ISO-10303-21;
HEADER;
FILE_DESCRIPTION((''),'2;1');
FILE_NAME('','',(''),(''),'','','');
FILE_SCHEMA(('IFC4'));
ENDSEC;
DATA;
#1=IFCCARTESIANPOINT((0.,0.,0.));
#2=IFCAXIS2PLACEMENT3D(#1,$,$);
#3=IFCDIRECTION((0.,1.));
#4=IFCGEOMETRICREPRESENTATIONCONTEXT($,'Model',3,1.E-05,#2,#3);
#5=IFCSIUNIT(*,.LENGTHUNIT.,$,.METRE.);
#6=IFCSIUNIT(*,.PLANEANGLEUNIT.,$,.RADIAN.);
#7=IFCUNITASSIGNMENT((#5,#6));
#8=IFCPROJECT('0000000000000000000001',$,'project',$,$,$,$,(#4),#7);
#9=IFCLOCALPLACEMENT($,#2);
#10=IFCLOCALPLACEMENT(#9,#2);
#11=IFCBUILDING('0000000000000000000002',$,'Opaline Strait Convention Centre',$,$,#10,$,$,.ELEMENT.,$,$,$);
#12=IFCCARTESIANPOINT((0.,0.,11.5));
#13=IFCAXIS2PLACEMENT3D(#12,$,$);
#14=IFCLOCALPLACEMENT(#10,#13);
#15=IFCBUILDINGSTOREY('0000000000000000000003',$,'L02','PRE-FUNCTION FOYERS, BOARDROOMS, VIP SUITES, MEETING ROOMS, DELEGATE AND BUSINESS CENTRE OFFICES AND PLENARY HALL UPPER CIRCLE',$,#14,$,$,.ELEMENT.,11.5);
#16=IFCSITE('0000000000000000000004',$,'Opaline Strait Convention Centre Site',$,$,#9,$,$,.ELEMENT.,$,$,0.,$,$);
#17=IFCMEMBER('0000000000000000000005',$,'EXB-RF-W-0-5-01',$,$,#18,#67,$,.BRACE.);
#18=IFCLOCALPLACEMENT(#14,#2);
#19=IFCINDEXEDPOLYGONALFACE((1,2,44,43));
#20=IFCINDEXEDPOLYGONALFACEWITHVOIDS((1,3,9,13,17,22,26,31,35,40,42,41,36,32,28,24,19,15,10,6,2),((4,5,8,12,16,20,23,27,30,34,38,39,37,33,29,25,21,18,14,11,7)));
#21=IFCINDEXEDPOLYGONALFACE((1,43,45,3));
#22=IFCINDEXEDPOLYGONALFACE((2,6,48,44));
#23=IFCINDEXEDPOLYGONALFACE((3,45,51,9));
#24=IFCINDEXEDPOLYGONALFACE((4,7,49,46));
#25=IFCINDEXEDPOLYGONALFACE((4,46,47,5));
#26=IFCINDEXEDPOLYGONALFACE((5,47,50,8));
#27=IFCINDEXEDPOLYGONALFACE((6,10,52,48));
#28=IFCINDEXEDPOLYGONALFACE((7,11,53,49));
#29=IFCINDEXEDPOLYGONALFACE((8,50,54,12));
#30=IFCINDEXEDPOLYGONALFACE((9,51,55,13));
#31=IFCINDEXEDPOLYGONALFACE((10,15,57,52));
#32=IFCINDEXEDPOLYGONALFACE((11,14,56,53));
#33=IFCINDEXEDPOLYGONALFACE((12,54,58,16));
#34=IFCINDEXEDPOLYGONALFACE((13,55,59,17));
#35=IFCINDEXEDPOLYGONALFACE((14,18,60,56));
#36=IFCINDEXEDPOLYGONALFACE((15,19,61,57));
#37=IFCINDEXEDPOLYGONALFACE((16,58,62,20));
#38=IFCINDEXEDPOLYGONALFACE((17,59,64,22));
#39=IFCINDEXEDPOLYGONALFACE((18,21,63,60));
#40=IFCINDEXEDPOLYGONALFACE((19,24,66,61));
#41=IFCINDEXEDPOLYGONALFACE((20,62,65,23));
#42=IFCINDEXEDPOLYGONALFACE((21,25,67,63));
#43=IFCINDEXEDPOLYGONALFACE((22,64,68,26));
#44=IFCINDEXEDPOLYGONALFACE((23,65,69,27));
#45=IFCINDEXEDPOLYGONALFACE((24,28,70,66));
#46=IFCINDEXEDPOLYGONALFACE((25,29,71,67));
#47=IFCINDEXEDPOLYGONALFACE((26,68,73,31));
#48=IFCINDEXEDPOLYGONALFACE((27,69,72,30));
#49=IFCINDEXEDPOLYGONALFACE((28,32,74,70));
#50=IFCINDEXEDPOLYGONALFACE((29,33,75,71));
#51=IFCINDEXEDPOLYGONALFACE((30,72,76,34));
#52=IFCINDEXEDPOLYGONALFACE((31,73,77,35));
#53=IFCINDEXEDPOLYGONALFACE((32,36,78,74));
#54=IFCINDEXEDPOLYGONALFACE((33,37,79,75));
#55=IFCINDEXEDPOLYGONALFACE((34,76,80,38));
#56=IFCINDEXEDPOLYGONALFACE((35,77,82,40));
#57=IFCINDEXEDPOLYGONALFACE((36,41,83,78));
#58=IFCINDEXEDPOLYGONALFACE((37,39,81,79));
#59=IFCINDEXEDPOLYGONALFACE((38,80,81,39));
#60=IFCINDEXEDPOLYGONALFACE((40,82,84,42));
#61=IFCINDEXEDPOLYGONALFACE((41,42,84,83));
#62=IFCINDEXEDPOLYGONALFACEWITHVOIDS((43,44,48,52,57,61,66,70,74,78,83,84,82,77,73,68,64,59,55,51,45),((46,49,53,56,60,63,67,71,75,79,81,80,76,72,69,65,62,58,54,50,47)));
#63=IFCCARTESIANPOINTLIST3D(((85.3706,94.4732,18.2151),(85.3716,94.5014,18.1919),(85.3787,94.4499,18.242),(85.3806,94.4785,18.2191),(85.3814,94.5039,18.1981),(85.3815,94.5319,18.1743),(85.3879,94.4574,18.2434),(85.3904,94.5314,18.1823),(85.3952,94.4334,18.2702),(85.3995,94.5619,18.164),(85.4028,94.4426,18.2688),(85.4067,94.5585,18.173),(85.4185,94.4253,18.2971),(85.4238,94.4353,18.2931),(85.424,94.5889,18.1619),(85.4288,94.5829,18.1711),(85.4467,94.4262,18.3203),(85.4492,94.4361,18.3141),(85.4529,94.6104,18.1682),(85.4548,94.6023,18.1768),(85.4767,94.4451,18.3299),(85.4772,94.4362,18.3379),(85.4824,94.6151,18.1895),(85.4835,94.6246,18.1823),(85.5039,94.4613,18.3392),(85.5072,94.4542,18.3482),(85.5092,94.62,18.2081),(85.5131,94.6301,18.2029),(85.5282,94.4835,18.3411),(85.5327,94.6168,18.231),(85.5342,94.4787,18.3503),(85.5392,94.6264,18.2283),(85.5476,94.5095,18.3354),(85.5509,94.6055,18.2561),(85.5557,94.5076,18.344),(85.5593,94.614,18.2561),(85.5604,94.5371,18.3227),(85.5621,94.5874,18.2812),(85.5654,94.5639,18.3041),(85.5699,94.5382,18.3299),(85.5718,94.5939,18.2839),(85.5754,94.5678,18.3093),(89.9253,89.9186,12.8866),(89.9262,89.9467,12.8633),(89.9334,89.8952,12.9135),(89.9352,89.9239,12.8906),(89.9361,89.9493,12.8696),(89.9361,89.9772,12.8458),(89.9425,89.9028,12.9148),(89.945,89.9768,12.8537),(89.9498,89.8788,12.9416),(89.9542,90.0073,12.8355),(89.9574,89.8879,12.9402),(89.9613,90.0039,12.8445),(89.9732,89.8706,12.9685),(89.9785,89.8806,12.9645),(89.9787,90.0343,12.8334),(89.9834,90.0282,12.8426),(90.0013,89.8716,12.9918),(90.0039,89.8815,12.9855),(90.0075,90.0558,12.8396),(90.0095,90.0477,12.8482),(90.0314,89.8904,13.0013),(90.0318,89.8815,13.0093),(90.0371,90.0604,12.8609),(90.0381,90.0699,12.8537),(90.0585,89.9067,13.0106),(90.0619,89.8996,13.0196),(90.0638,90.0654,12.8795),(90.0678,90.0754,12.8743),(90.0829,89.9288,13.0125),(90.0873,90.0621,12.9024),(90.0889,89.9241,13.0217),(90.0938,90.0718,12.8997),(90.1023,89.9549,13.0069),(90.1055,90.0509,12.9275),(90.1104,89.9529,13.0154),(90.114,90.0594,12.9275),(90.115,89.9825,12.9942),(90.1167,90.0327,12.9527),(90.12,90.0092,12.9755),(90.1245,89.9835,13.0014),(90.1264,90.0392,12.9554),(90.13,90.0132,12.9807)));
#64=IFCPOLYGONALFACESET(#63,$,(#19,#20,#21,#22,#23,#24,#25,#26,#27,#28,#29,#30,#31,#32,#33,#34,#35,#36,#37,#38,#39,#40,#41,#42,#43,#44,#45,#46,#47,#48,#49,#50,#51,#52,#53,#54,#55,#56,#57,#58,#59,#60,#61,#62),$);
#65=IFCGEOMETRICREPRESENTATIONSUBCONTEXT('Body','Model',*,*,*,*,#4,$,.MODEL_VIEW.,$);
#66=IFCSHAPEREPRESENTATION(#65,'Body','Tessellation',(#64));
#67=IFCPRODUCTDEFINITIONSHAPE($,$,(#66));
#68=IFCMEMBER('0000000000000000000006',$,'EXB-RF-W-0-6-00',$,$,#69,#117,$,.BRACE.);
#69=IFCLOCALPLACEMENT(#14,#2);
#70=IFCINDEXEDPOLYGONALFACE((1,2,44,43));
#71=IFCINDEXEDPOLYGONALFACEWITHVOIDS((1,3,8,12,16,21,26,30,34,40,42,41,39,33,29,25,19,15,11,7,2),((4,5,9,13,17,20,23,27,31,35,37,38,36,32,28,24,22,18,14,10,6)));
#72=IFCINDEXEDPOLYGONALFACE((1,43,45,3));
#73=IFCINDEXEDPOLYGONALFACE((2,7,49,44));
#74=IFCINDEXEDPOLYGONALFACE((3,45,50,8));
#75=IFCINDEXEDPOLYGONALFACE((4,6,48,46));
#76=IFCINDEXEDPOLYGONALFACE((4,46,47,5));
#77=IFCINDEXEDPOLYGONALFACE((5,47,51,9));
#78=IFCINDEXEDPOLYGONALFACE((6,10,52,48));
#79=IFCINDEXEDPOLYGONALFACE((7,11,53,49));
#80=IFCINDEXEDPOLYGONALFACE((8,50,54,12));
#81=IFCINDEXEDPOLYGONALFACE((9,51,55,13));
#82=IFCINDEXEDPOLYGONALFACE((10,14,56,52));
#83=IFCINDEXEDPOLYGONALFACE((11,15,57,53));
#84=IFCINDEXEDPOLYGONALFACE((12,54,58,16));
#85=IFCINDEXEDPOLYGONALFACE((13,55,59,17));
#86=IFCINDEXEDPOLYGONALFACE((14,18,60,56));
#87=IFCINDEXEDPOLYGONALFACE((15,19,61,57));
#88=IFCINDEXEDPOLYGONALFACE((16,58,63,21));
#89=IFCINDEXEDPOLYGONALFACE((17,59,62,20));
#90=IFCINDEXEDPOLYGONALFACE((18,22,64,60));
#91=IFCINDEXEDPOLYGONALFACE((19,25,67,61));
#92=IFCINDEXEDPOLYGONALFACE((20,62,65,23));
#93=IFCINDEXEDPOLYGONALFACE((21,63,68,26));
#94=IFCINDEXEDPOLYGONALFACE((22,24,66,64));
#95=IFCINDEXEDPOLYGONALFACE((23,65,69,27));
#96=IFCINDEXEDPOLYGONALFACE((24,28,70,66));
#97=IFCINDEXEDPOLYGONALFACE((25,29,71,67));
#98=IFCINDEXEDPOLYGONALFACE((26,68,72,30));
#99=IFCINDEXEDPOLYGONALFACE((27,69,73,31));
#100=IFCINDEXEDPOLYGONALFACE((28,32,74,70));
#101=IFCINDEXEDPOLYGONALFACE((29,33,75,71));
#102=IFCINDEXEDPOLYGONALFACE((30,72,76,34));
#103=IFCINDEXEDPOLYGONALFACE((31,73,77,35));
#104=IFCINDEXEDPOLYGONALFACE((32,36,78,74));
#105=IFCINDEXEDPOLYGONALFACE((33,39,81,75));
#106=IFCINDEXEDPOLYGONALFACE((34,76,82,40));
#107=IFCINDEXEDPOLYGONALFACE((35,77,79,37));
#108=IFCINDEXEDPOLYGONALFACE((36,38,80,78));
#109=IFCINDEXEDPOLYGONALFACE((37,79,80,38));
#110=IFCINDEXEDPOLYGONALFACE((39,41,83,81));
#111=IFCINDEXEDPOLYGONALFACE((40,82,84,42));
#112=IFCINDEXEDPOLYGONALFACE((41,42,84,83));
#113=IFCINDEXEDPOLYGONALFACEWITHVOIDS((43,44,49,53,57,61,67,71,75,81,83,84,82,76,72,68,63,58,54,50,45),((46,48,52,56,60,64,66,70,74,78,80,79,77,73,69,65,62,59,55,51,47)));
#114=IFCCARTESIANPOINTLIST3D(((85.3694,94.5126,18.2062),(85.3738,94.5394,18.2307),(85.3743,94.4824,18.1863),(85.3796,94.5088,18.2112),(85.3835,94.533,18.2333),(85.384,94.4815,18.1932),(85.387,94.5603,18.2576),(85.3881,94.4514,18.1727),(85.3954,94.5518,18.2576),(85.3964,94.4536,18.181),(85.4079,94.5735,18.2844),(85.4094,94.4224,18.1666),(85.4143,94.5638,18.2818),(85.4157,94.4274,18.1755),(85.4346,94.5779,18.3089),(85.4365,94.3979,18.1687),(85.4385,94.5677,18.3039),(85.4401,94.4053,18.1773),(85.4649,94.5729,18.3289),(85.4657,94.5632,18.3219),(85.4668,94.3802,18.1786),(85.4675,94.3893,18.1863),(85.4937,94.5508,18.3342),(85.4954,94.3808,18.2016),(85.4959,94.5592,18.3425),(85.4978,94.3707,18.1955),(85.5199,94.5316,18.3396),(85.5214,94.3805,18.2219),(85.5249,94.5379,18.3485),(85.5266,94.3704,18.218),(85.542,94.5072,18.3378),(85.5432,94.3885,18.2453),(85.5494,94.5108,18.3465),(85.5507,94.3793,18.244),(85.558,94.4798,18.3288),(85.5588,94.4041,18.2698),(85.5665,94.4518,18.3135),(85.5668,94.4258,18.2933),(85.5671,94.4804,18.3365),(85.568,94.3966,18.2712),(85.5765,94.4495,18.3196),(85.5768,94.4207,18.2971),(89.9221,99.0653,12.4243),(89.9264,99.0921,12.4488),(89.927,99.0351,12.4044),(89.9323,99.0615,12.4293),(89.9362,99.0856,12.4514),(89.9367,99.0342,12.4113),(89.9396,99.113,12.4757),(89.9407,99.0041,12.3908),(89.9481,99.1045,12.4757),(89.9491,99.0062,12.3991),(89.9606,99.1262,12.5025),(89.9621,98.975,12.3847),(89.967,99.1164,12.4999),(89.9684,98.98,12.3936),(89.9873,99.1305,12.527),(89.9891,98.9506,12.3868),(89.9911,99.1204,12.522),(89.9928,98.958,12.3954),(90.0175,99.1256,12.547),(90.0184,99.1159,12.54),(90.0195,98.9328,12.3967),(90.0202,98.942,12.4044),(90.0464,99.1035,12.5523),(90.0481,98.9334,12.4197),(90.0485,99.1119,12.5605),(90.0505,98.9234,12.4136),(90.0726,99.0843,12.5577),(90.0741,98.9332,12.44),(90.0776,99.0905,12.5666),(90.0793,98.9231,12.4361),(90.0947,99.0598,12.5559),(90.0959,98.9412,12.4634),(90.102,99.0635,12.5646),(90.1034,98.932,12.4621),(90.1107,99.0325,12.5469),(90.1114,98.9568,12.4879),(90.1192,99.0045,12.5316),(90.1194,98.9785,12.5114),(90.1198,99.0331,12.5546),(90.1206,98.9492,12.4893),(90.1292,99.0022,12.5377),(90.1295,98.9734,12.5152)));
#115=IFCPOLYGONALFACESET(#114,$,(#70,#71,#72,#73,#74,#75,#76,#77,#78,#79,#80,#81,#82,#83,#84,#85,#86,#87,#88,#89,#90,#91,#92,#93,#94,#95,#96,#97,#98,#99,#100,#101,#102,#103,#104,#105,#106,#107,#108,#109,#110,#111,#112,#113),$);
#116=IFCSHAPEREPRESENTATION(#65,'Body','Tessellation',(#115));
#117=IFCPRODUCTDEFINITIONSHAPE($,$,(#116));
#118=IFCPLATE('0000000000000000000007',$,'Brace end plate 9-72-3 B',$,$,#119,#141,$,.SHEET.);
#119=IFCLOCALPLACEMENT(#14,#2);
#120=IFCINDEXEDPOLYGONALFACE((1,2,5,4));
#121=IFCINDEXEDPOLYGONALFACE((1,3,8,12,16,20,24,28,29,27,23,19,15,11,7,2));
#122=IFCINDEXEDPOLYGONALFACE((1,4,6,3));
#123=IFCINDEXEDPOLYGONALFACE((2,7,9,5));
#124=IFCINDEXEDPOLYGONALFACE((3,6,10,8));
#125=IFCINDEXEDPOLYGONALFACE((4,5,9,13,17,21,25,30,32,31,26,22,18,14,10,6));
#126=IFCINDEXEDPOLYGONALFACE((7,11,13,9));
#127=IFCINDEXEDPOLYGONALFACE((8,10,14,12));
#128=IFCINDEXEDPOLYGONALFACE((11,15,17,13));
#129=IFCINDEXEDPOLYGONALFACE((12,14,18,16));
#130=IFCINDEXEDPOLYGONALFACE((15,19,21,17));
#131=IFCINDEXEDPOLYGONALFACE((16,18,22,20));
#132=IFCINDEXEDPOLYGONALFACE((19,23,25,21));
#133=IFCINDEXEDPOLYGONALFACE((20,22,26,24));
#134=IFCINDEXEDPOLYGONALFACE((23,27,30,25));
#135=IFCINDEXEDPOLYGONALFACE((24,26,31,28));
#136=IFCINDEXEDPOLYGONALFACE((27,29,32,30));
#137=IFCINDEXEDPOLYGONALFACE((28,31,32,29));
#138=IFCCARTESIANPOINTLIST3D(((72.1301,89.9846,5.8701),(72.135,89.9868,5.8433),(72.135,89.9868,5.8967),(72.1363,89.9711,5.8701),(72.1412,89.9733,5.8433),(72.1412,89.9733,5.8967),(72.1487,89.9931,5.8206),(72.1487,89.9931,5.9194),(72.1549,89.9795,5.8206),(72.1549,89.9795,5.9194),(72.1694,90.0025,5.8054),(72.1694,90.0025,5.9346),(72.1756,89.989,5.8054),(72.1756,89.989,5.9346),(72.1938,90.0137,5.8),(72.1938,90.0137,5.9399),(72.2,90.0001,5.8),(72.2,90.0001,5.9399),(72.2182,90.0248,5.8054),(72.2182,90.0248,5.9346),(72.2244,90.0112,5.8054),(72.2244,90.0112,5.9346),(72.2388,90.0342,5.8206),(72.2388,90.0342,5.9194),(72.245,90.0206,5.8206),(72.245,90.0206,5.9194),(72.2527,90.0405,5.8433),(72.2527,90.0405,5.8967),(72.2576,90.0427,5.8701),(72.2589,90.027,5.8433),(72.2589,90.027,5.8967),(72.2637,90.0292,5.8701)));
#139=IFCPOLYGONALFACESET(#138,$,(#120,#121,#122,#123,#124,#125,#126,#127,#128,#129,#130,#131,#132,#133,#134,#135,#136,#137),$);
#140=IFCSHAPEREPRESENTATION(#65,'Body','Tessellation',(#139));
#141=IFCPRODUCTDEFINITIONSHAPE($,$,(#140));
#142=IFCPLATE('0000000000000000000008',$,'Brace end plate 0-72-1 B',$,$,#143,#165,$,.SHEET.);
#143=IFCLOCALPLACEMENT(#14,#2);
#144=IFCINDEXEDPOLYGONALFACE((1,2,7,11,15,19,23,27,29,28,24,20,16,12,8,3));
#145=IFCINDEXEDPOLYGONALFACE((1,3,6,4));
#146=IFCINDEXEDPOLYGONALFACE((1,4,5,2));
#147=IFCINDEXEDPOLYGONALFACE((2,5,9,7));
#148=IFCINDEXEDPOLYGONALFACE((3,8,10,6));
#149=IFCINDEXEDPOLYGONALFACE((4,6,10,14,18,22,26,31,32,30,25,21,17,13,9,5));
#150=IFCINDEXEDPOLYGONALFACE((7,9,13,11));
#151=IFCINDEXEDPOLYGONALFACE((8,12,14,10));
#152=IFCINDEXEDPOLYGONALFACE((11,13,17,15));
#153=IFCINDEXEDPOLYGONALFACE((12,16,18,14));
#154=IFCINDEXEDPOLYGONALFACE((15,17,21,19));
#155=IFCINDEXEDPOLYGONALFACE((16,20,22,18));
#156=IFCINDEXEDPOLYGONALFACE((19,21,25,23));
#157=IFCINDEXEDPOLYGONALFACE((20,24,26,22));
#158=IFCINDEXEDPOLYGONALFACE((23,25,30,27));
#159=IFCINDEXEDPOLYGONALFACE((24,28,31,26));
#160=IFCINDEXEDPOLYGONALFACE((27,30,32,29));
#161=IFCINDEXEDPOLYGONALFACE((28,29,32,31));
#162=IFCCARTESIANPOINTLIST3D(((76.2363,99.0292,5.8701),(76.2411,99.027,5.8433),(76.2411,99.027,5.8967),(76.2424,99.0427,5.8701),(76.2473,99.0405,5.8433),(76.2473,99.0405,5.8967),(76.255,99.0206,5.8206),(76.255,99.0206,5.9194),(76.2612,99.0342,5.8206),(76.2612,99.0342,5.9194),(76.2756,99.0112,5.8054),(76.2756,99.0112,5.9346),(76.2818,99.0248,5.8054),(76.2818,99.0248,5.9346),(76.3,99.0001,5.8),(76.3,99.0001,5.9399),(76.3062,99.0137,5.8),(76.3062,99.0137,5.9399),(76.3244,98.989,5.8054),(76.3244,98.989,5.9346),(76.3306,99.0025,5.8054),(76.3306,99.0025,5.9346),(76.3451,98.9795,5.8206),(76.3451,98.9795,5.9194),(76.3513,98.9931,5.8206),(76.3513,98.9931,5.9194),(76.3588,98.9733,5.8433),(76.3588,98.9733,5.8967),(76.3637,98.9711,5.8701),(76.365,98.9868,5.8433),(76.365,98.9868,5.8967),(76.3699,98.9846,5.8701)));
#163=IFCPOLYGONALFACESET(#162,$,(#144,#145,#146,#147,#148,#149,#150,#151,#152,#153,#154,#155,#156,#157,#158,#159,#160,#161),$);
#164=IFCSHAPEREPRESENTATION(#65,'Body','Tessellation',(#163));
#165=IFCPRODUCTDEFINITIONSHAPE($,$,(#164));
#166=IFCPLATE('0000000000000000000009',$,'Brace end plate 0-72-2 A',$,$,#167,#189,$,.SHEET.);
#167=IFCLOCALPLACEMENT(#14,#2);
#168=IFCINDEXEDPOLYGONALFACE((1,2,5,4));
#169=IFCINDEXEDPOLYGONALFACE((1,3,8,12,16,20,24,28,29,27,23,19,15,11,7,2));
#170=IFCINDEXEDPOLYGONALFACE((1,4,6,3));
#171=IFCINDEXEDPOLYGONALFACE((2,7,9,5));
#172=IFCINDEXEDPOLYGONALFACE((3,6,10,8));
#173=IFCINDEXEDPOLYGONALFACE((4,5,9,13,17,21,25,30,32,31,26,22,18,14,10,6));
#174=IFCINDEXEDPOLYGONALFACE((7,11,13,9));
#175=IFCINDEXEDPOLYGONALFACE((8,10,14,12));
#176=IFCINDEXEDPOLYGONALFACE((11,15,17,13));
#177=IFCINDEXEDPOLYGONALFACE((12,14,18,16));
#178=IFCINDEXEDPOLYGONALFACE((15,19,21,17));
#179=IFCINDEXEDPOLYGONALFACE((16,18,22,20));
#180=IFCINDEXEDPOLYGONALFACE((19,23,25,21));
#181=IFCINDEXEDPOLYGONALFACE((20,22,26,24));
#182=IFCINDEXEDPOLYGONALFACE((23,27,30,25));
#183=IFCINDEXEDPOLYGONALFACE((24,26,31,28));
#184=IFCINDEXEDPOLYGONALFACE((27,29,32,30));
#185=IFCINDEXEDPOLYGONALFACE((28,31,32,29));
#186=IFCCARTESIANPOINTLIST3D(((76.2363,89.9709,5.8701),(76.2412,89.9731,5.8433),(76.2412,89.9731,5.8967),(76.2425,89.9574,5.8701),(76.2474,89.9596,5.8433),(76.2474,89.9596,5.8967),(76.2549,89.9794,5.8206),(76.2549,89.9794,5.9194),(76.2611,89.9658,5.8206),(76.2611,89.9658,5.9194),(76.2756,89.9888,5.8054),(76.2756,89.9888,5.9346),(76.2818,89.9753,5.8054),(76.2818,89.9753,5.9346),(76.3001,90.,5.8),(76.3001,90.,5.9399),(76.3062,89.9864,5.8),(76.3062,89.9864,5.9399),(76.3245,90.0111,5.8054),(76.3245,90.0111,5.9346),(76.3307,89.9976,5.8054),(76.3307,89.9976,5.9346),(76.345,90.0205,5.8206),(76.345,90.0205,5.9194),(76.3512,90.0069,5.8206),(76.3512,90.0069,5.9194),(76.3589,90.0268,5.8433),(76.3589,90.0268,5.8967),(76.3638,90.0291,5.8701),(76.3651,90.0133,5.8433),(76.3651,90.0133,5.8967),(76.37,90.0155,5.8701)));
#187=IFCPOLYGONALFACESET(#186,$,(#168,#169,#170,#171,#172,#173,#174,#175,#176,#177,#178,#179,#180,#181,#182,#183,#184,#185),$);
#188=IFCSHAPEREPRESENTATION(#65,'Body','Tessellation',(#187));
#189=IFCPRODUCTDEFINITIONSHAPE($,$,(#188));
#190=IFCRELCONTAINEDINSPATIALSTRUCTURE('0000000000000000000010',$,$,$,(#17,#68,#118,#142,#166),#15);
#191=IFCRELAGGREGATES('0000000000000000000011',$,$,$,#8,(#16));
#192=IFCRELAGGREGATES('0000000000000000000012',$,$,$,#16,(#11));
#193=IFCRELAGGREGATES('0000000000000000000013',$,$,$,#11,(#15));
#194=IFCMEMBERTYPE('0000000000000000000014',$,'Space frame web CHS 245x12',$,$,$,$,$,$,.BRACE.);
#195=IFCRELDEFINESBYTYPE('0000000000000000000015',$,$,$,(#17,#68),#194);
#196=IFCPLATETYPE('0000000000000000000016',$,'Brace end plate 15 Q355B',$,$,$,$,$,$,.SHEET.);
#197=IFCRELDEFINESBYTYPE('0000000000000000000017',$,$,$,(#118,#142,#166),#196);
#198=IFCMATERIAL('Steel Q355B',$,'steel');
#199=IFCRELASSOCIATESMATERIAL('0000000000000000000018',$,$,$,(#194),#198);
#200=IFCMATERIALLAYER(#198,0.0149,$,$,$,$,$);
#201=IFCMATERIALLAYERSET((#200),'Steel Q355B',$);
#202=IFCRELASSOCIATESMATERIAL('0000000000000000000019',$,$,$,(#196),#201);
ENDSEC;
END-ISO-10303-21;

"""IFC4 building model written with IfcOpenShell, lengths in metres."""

from ifc_helpers import new_model, si_unit, direction, frame, origin, origin_2d, place, context, subcontext, project, spatial, polyline, hollow_circle, outline, extrude, material, layer, layer_set, material_profile, profile_set, type_object, element, save


model = new_model("IFC4")

# Units and contexts
model_context = context("Model", 3, precision=1e-05, world=origin(), true_north=direction((0.0, 1.0)))
body_context = subcontext(model_context, "Body", "Model", "MODEL_VIEW")
ifc_project = project(units=[si_unit("LENGTHUNIT", "METRE"), si_unit("PLANEANGLEUNIT", "RADIAN")], contexts=[model_context])

# Site, building, storey
site_placement = place(None, origin())
site = spatial("IfcSite", under=ifc_project, at=site_placement, Name="Opaline Strait Convention Centre Site", CompositionType="ELEMENT", RefElevation=0.0)
building_placement = place(site_placement, origin())
building = spatial("IfcBuilding", under=site, at=building_placement, Name="Opaline Strait Convention Centre", CompositionType="ELEMENT")
storey_placement = place(building_placement, frame((0.0, 0.0, 11.5)))
storey = spatial("IfcBuildingStorey", under=building, at=storey_placement, Name="L02", Description="PRE-FUNCTION FOYERS, BOARDROOMS, VIP SUITES, MEETING ROOMS, DELEGATE AND BUSINESS CENTRE OFFICES AND PLENARY HALL UPPER CIRCLE", CompositionType="ELEMENT", Elevation=11.5)

# Members
ifc_material_1 = material(Name="Steel Q355B", Category="steel")
ifc_material_profile_1 = material_profile(ifc_material_1, hollow_circle(Radius=0.1226, WallThickness=0.012, at=origin_2d()), Name="CHS 245x12")
ifc_profile_set_1 = profile_set([ifc_material_profile_1], Name="Steel Q355B")
member_type_1 = type_object("IfcMemberType", Name="Space frame web CHS 245x12", PredefinedType="BRACE", material=ifc_profile_set_1)
member_1_placement = place(storey_placement, frame((85.4727, 94.5273, 18.2561), z_axis=(0.544839, -0.544839, -0.637417), x_axis=(0.707107, 0.707107, 0.0)))
element("IfcMember", 1, at=member_1_placement, inside=storey, type_object=member_type_1, Name="EXB-RF-W-0-5-01", PredefinedType="BRACE", context=body_context, shape_type="SweptSolid", body=[
    extrude(hollow_circle(Radius=0.1226, WallThickness=0.012, at=origin_2d()), origin(), (0.0, 0.0, 1.0), 8.3596),
])
member_2_placement = place(storey_placement, frame((85.4736, 94.4736, 18.2576), z_axis=(0.526104, 0.526104, -0.668153), x_axis=(-0.707107, 0.707107, 0.0)))
element("IfcMember", 2, at=member_2_placement, inside=storey, type_object=member_type_1, Name="EXB-RF-W-0-6-00", PredefinedType="BRACE", context=body_context, shape_type="SweptSolid", body=[
    extrude(hollow_circle(Radius=0.1226, WallThickness=0.012, at=origin_2d()), origin(), (0.0, 0.0, 1.0), 8.6536),
])

# Plates
ifc_layer_1 = layer(ifc_material_1, 0.0149)
ifc_layer_set_1 = layer_set([ifc_layer_1], Name="Steel Q355B")
plate_type = type_object("IfcPlateType", Name="Brace end plate 15 Q355B", PredefinedType="SHEET", material=ifc_layer_set_1)
plate_1_placement = place(storey_placement, frame((72.2576, 90.0427, 5.8701), z_axis=(-0.414837, 0.909896, 0.0), x_axis=(-0.177911, -0.081112, -0.980698)))
element("IfcPlate", 3, at=plate_1_placement, inside=storey, type_object=plate_type, Name="Brace end plate 9-72-3 B", PredefinedType="SHEET", context=body_context, shape_type="SweptSolid", body=[
    extrude(outline(polyline([(0.0, 0.0), (0.0274, 0.0), (0.0526, 0.0106), (0.0719, 0.0298), (0.0824, 0.055), (0.0824, 0.0824), (0.072, 0.1076), (0.0527, 0.1269), (0.0274, 0.1374), (0.0002, 0.1373), (-0.025, 0.127), (-0.0443, 0.1076), (-0.0548, 0.0823), (-0.0548, 0.055), (-0.0443, 0.0299), (-0.0251, 0.0105), (0.0, 0.0)])), origin(), (0.0, 0.0, -1.0), 0.0149),
])
plate_2_placement = place(storey_placement, frame((76.3699, 98.9846, 5.8701), z_axis=(0.414837, 0.909896, 0.0), x_axis=(-0.177911, 0.081112, -0.980698)))
element("IfcPlate", 4, at=plate_2_placement, inside=storey, type_object=plate_type, Name="Brace end plate 0-72-1 B", PredefinedType="SHEET", context=body_context, shape_type="SweptSolid", body=[
    extrude(outline(polyline([(0.0, 0.0), (0.0274, 0.0), (0.0526, 0.0103), (0.0719, 0.0297), (0.0824, 0.055), (0.0824, 0.0823), (0.072, 0.1074), (0.0527, 0.1269), (0.0274, 0.1374), (0.0002, 0.1373), (-0.025, 0.1268), (-0.0443, 0.1075), (-0.0548, 0.0823), (-0.0548, 0.0549), (-0.0444, 0.0297), (-0.0251, 0.0105), (0.0, 0.0)])), origin(), (0.0, 0.0, -1.0), 0.0149),
])
plate_3_placement = place(storey_placement, frame((76.3638, 90.0291, 5.8701), z_axis=(-0.415113, 0.90977, 0.0), x_axis=(-0.177886, -0.081166, -0.980698)))
element("IfcPlate", 5, at=plate_3_placement, inside=storey, type_object=plate_type, Name="Brace end plate 0-72-2 A", PredefinedType="SHEET", context=body_context, shape_type="SweptSolid", body=[
    extrude(outline(polyline([(0.0, 0.0), (0.0274, 0.0), (0.0526, 0.0106), (0.0719, 0.0297), (0.0824, 0.055), (0.0824, 0.0824), (0.072, 0.1076), (0.0527, 0.1269), (0.0274, 0.1374), (0.0002, 0.1373), (-0.025, 0.127), (-0.0443, 0.1076), (-0.0548, 0.0823), (-0.0548, 0.0549), (-0.0443, 0.0299), (-0.0251, 0.0105), (0.0, 0.0)])), origin(), (0.0, 0.0, -1.0), 0.0149),
])

save(model, "model.ifc")
